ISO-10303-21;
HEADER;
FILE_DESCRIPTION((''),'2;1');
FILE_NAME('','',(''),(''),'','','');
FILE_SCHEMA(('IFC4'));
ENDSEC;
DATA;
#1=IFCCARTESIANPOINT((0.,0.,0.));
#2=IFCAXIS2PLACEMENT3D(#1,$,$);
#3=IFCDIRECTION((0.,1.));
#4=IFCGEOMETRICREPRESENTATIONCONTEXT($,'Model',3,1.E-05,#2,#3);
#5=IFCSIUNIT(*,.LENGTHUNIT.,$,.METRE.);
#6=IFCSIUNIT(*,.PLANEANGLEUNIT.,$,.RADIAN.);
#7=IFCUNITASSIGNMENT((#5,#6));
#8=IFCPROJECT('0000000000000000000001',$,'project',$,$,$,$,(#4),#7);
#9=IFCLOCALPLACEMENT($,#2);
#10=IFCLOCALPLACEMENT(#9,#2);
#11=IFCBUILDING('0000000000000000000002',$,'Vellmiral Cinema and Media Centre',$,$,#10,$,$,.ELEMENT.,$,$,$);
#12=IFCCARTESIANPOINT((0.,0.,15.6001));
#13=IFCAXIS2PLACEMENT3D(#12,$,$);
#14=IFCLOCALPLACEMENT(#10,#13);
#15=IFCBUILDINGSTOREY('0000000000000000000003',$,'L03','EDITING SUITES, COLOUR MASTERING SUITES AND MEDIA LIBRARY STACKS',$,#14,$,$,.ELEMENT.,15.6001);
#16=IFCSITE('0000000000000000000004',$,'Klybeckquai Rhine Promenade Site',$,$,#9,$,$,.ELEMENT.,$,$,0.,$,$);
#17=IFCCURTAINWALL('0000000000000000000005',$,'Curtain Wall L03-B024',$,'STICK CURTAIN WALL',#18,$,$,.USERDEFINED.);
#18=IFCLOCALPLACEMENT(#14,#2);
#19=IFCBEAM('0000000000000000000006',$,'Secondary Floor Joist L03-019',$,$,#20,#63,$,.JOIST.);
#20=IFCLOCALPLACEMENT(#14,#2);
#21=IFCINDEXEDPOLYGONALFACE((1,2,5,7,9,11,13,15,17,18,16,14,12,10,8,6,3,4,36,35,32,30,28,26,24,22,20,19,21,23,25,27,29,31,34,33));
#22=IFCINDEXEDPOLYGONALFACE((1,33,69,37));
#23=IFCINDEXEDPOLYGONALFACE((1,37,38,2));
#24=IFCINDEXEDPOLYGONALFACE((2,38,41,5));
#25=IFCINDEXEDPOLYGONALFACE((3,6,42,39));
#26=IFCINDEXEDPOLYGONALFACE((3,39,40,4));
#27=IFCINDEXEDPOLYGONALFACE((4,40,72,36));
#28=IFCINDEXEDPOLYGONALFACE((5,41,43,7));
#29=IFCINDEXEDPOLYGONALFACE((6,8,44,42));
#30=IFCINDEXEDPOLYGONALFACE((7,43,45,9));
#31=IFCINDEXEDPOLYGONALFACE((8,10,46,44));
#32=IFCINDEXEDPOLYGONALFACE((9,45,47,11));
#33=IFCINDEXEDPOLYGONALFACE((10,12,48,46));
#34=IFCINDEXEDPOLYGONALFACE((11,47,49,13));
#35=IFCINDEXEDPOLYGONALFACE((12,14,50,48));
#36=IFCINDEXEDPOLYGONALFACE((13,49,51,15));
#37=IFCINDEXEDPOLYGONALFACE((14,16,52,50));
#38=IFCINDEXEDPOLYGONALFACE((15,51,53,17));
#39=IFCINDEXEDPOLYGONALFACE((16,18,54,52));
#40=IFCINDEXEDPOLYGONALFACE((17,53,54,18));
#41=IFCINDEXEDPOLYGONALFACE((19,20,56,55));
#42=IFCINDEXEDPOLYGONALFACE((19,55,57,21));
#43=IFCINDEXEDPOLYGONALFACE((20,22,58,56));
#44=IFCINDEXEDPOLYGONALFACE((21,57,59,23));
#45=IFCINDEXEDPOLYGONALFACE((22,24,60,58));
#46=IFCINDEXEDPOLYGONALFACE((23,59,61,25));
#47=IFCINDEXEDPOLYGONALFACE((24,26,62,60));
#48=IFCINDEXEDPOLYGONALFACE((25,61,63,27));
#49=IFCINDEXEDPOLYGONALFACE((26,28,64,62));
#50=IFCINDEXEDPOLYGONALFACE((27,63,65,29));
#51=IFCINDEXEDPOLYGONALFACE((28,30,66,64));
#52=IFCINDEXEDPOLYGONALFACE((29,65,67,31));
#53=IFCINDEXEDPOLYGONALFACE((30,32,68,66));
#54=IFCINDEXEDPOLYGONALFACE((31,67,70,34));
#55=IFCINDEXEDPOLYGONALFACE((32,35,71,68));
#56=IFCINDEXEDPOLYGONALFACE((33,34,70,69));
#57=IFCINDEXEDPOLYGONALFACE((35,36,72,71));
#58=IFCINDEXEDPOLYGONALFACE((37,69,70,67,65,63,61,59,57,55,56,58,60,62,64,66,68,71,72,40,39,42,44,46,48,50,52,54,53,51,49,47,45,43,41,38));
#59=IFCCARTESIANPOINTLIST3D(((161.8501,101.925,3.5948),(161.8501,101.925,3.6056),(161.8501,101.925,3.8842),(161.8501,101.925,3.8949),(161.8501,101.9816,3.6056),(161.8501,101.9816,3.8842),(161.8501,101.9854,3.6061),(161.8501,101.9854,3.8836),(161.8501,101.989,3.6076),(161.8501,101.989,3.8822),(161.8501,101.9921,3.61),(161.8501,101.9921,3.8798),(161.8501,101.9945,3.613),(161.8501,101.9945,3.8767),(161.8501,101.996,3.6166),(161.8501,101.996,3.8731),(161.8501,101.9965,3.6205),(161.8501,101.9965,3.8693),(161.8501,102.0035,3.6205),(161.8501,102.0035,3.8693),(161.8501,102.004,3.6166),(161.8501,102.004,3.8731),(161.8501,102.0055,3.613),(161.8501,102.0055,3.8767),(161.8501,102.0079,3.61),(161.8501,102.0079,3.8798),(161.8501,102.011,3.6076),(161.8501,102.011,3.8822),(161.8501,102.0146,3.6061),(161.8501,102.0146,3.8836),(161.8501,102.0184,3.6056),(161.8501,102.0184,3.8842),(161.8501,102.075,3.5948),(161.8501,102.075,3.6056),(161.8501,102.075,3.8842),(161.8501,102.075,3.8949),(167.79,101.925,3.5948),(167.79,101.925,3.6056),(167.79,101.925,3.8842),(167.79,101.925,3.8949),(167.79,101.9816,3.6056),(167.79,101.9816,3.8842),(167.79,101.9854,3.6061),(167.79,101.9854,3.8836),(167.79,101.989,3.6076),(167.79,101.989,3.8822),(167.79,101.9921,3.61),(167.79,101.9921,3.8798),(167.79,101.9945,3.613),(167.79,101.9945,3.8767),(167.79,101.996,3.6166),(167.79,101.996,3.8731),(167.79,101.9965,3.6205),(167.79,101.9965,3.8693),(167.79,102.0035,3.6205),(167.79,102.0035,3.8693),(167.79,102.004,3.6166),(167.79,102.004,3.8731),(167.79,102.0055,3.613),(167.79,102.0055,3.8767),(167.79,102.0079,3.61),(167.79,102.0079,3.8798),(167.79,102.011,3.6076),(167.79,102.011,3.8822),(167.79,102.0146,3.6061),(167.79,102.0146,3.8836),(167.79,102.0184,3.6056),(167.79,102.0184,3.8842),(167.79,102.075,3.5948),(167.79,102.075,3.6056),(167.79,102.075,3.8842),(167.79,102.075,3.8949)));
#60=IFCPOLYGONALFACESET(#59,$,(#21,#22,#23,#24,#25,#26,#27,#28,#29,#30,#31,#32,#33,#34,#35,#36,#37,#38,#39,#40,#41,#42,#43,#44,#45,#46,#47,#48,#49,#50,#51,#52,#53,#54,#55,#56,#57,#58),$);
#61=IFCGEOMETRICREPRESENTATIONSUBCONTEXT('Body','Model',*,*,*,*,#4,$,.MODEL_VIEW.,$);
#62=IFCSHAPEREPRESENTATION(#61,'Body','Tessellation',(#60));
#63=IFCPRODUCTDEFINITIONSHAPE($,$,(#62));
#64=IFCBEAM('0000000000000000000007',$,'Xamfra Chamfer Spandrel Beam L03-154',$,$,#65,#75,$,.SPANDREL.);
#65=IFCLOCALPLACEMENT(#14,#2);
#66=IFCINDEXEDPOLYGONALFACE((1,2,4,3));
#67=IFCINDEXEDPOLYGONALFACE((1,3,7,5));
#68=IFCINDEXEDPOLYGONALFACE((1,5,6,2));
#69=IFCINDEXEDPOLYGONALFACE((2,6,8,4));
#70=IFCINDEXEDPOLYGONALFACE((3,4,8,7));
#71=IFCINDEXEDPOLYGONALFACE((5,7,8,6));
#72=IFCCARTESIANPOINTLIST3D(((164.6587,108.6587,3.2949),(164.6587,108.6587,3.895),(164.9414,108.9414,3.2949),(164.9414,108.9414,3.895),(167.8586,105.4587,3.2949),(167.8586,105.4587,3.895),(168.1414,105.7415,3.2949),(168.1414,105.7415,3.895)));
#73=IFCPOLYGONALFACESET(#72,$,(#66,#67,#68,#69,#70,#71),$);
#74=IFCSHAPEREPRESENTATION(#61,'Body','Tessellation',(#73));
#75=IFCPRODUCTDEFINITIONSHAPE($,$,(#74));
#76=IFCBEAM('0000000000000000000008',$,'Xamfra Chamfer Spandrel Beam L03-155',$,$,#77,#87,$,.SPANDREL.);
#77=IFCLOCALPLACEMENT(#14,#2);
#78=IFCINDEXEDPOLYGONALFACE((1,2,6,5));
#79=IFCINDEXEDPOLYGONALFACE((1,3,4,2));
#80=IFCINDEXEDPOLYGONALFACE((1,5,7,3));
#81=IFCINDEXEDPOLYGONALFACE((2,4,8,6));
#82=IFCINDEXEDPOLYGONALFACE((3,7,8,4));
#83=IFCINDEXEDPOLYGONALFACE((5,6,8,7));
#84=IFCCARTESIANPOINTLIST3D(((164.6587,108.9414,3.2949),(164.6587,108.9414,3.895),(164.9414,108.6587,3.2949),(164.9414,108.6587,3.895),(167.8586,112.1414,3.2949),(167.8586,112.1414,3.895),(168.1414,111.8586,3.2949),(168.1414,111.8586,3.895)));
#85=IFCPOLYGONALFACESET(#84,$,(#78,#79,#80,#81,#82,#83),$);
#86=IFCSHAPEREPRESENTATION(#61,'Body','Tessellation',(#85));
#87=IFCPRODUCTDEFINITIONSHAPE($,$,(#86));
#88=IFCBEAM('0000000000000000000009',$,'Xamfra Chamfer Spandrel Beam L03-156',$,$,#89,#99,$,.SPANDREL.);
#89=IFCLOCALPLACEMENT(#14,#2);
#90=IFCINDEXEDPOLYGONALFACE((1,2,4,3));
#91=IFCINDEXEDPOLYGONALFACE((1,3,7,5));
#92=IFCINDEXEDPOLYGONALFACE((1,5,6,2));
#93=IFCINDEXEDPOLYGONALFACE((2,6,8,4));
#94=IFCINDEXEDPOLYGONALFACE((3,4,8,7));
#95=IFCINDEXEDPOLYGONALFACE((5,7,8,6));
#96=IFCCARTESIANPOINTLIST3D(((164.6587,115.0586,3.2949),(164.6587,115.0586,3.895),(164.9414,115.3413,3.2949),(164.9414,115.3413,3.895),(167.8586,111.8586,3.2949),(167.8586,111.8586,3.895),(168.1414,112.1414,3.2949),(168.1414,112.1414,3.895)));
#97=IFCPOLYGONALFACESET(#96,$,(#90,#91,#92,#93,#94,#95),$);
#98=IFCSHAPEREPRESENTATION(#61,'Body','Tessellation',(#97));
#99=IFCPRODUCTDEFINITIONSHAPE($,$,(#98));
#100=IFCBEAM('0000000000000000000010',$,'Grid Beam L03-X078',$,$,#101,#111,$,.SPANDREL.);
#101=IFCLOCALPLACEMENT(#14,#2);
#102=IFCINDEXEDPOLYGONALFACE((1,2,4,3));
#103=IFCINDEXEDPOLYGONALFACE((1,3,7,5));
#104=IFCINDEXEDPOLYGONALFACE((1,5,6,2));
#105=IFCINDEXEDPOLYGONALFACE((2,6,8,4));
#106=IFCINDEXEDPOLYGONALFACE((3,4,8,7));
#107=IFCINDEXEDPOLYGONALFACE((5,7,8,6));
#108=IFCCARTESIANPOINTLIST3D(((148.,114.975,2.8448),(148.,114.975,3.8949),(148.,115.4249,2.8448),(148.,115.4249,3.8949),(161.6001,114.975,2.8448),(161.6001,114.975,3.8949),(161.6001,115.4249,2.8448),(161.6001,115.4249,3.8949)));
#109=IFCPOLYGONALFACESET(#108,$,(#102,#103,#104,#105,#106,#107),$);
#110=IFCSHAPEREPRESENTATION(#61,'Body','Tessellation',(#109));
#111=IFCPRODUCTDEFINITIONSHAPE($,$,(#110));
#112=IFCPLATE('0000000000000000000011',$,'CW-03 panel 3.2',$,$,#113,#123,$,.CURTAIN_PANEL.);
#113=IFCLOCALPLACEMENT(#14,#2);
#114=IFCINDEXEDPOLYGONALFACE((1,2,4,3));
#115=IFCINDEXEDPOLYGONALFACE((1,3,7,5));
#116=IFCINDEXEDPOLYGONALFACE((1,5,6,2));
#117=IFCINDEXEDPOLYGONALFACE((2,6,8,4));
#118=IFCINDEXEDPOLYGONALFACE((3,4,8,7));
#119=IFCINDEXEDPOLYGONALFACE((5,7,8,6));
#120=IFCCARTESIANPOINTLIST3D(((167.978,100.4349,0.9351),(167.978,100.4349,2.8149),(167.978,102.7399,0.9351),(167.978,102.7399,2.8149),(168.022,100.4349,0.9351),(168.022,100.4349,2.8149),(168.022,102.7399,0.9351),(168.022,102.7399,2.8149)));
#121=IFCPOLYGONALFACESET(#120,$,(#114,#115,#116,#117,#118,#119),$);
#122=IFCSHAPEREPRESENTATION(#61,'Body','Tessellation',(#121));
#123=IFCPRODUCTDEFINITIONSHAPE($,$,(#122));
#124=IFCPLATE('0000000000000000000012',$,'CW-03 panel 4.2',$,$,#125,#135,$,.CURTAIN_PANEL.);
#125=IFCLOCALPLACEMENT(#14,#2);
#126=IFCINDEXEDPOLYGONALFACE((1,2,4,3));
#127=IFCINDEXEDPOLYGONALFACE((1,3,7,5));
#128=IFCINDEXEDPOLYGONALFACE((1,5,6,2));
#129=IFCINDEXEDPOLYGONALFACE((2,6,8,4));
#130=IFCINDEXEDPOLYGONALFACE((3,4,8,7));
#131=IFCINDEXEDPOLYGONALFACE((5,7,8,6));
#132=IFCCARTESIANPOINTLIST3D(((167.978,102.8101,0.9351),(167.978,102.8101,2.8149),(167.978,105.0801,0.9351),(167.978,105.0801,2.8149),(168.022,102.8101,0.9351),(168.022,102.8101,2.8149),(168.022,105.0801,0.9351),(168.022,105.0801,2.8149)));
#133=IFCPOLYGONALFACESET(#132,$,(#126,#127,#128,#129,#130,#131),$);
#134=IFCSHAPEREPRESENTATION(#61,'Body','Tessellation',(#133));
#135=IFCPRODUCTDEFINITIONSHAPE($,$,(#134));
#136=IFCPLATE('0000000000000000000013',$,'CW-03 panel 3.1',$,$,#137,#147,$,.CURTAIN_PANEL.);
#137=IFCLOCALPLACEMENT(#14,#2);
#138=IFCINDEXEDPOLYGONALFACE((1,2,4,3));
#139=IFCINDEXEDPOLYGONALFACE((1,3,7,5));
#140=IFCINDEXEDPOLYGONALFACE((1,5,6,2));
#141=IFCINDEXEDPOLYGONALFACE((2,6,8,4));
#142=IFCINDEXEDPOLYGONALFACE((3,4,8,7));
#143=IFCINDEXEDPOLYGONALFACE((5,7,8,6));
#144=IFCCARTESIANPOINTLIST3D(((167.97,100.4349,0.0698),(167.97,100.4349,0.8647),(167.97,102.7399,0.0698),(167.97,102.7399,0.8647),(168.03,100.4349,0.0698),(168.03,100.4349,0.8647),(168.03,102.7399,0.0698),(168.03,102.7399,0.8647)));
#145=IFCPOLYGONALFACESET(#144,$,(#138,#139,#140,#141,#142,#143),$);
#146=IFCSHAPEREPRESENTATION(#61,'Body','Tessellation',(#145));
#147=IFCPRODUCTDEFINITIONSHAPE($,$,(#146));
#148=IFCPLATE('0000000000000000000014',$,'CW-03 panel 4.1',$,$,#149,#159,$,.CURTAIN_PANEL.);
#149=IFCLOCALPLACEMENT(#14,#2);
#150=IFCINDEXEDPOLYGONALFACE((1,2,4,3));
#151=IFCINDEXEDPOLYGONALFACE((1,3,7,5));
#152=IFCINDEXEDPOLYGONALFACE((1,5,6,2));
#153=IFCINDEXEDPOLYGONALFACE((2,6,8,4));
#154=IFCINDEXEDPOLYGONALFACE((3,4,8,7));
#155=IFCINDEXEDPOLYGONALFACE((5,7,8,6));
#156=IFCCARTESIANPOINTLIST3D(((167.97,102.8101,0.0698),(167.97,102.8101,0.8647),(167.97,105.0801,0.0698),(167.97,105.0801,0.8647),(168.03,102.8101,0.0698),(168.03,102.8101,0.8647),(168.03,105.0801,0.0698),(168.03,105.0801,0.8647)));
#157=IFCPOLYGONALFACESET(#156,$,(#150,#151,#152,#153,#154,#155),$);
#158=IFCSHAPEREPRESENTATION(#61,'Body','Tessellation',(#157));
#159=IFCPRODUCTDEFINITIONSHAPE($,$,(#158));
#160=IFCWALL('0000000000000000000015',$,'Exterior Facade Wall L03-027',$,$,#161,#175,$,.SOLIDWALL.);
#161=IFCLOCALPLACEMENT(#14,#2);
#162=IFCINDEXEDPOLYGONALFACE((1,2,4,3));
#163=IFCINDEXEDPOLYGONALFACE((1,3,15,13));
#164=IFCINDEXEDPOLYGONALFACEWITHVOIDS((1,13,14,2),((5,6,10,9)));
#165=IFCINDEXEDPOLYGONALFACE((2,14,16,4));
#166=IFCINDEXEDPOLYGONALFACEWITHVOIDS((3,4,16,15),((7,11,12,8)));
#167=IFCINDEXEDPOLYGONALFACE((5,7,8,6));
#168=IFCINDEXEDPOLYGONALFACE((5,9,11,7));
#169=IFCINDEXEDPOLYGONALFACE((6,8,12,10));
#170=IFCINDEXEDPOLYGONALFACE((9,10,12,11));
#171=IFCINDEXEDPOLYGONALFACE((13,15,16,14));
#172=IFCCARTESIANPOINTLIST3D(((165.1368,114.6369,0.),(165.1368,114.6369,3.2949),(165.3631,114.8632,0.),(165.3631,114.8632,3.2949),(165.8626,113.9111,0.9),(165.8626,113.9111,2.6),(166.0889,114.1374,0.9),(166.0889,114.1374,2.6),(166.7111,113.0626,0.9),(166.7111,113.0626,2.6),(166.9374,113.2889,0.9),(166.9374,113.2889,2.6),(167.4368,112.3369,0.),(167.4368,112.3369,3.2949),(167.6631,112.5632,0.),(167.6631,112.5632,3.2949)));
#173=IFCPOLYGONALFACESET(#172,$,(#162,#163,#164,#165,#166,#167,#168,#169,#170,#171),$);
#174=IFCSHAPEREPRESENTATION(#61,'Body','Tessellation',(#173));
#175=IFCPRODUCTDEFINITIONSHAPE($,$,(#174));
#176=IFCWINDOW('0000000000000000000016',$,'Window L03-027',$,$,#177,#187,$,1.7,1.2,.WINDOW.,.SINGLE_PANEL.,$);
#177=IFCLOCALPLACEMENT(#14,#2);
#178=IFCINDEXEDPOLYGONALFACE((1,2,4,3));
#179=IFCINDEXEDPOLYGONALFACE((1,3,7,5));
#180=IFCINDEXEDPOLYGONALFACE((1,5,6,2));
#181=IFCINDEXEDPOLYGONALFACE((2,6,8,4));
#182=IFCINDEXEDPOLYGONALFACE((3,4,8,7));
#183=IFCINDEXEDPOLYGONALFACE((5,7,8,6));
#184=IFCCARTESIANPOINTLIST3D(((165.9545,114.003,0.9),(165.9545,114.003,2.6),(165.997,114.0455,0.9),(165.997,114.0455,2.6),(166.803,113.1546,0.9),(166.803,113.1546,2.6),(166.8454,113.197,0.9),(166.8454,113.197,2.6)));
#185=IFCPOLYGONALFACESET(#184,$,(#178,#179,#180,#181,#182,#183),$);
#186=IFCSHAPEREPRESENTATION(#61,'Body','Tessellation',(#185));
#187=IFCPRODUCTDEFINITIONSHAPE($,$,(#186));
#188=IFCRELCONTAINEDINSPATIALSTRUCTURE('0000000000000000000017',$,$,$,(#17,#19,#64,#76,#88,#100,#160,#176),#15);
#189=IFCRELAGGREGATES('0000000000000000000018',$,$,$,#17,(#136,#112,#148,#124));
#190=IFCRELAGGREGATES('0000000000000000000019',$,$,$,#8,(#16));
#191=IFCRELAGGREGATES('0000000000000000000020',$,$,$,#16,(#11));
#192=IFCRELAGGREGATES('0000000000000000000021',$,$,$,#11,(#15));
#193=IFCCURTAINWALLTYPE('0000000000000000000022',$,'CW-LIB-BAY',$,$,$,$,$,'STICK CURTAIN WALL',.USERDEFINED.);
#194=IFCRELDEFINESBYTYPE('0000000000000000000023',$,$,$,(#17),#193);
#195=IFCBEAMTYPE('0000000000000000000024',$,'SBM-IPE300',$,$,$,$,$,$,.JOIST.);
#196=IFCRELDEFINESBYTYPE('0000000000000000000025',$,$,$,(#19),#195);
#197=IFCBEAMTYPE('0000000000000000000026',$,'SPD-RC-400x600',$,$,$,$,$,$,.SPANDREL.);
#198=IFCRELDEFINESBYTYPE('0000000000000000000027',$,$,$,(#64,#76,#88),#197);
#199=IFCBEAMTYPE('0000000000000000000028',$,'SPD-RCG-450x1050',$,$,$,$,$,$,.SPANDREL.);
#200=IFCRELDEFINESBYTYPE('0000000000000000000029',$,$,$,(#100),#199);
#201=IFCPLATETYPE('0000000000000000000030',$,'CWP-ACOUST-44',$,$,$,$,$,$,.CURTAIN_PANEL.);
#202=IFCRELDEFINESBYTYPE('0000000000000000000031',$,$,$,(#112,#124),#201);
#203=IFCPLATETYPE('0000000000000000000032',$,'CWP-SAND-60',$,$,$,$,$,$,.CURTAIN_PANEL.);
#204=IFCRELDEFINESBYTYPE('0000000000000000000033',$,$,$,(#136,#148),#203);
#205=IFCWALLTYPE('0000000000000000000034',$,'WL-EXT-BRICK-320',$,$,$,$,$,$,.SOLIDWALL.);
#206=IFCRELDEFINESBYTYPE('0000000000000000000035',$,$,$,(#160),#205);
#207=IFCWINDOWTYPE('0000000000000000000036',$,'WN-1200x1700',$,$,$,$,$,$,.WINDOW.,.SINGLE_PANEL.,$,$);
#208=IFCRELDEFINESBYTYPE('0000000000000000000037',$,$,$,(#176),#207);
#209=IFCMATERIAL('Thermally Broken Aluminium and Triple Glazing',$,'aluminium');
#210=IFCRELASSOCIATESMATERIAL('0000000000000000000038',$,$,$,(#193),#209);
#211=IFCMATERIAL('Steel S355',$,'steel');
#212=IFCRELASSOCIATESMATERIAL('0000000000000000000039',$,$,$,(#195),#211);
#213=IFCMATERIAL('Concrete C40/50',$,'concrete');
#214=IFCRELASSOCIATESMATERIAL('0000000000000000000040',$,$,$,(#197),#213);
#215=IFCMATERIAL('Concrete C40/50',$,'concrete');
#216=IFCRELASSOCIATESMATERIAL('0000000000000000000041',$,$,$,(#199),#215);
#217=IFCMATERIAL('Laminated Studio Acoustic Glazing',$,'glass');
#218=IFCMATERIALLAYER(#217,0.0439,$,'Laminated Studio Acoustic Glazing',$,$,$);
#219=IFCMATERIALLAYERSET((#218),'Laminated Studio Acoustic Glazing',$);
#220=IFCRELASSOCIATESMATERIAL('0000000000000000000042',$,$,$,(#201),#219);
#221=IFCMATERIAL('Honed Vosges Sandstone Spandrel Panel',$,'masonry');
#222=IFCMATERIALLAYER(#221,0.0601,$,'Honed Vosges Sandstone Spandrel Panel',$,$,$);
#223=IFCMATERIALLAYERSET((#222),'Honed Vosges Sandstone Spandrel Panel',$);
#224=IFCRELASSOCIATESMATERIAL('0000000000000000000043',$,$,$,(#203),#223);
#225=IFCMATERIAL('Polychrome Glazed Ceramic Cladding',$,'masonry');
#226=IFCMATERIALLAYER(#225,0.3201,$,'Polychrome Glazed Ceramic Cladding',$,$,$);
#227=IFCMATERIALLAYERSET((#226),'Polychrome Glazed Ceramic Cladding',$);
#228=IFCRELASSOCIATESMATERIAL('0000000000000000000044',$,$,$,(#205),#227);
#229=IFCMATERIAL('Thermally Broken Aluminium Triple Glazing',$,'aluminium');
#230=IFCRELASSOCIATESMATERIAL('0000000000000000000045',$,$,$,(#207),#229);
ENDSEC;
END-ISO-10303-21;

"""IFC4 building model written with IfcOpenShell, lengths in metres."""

from ifc_helpers import new_model, si_unit, direction, frame, frame_2d, origin, origin_2d, place, context, subcontext, project, spatial, rectangle, i_section, extrude, material, layer, layer_set, material_profile, profile_set, type_object, element, fill, aggregate, save


model = new_model("IFC4")

# Units and contexts
model_context = context("Model", 3, precision=1e-05, world=origin(), true_north=direction((0.0, 1.0)))
body_context = subcontext(model_context, "Body", "Model", "MODEL_VIEW")
ifc_project = project(units=[si_unit("LENGTHUNIT", "METRE"), si_unit("PLANEANGLEUNIT", "RADIAN")], contexts=[model_context])

# Site, building, storey
site_placement = place(None, origin())
site = spatial("IfcSite", under=ifc_project, at=site_placement, Name="Klybeckquai Rhine Promenade Site", CompositionType="ELEMENT", RefElevation=0.0)
building_placement = place(site_placement, origin())
building = spatial("IfcBuilding", under=site, at=building_placement, Name="Vellmiral Cinema and Media Centre", CompositionType="ELEMENT")
storey_placement = place(building_placement, frame((0.0, 0.0, 15.6001)))
storey = spatial("IfcBuildingStorey", under=building, at=storey_placement, Name="L03", Description="EDITING SUITES, COLOUR MASTERING SUITES AND MEDIA LIBRARY STACKS", CompositionType="ELEMENT", Elevation=15.6001)

# Curtain wall
ifc_material_1 = material(Name="Thermally Broken Aluminium and Triple Glazing", Category="aluminium")
curtain_wall_type = type_object("IfcCurtainWallType", Name="CW-LIB-BAY", ElementType="STICK CURTAIN WALL", PredefinedType="USERDEFINED", material=ifc_material_1)
curtain_wall_placement = place(storey_placement, origin())
curtain_wall = element("IfcCurtainWall", 1, at=curtain_wall_placement, inside=storey, type_object=curtain_wall_type, Name="Curtain Wall L03-B024", ObjectType="STICK CURTAIN WALL", PredefinedType="USERDEFINED")

# Beams
ifc_material_2 = material(Name="Steel S355", Category="steel")
ifc_material_profile_1 = material_profile(ifc_material_2, i_section(OverallWidth=0.1499, OverallDepth=0.3, WebThickness=0.0071, FlangeThickness=0.0107, FilletRadius=0.0149, at=origin_2d()), Name="IPE 300")
ifc_profile_set_1 = profile_set([ifc_material_profile_1], Name="Steel S355")
beam_type_1 = type_object("IfcBeamType", Name="SBM-IPE300", PredefinedType="JOIST", material=ifc_profile_set_1)
beam_1_placement = place(storey_placement, frame((161.8501, 102.0, 3.7449), z_axis=(1.0, 0.0, 0.0), x_axis=(0.0, 1.0, 0.0)))
element("IfcBeam", 2, at=beam_1_placement, inside=storey, type_object=beam_type_1, Name="Secondary Floor Joist L03-019", PredefinedType="JOIST", context=body_context, shape_type="SweptSolid", body=[
    extrude(i_section(OverallWidth=0.1499, OverallDepth=0.3, WebThickness=0.0071, FlangeThickness=0.0107, FilletRadius=0.0149, at=origin_2d()), origin(), (0.0, 0.0, 1.0), 5.9399),
])
ifc_material_3 = material(Name="Concrete C40/50", Category="concrete")
ifc_material_profile_2 = material_profile(ifc_material_3, rectangle(XDim=0.3999, YDim=0.6001, at=origin_2d()), Name="RC 400x600")
ifc_profile_set_2 = profile_set([ifc_material_profile_2], Name="Concrete C40/50")
beam_type_2 = type_object("IfcBeamType", Name="SPD-RC-400x600", PredefinedType="SPANDREL", material=ifc_profile_set_2)
for number, where, z_axis, x_axis, name in (
    (3, (164.8, 108.8, 3.595), (0.707107, -0.707107, 0.0), (0.707107, 0.707107, 0.0), "Xamfra Chamfer Spandrel Beam L03-154"),
    (4, (164.8, 108.8, 3.595), (0.707107, 0.707107, 0.0), (-0.707107, 0.707107, 0.0), "Xamfra Chamfer Spandrel Beam L03-155"),
    (5, (164.8, 115.2, 3.595), (0.707107, -0.707107, 0.0), (0.707107, 0.707107, 0.0), "Xamfra Chamfer Spandrel Beam L03-156"),
):
    element("IfcBeam", number, at=place(storey_placement, frame(where, z_axis=z_axis, x_axis=x_axis)), inside=storey, type_object=beam_type_2, Name=name, PredefinedType="SPANDREL", context=body_context, shape_type="SweptSolid", body=[
        extrude(rectangle(XDim=0.3999, YDim=0.6001, at=origin_2d()), origin(), (0.0, 0.0, 1.0), 4.5254),
    ])
ifc_material_4 = material(Name="Concrete C40/50", Category="concrete")
ifc_material_profile_3 = material_profile(ifc_material_4, rectangle(XDim=0.45, YDim=1.05, at=origin_2d()), Name="RC 450x1050")
ifc_profile_set_3 = profile_set([ifc_material_profile_3], Name="Concrete C40/50")
beam_type_3 = type_object("IfcBeamType", Name="SPD-RCG-450x1050", PredefinedType="SPANDREL", material=ifc_profile_set_3)
beam_2_placement = place(storey_placement, frame((148.0, 115.2, 3.3699), z_axis=(1.0, 0.0, 0.0), x_axis=(0.0, 1.0, 0.0)))
element("IfcBeam", 6, at=beam_2_placement, inside=storey, type_object=beam_type_3, Name="Grid Beam L03-X078", PredefinedType="SPANDREL", context=body_context, shape_type="SweptSolid", body=[
    extrude(rectangle(XDim=0.45, YDim=1.05, at=origin_2d()), origin(), (0.0, 0.0, 1.0), 13.6001),
])

# Plates
ifc_material_5 = material(Name="Laminated Studio Acoustic Glazing", Category="glass")
ifc_layer_1 = layer(ifc_material_5, 0.0439, Name="Laminated Studio Acoustic Glazing")
ifc_layer_set_1 = layer_set([ifc_layer_1], Name="Laminated Studio Acoustic Glazing")
plate_type_1 = type_object("IfcPlateType", Name="CWP-ACOUST-44", PredefinedType="CURTAIN_PANEL", material=ifc_layer_set_1)
plate_1_placement = place(storey_placement, frame((168.0, 101.5874, 0.9351), z_axis=(0.0, 0.0, 1.0), x_axis=(0.0, 1.0, 0.0)))
plate_1 = element("IfcPlate", 7, at=plate_1_placement, type_object=plate_type_1, Name="CW-03 panel 3.2", PredefinedType="CURTAIN_PANEL", context=body_context, shape_type="SweptSolid", body=[
    extrude(rectangle(XDim=2.3049, YDim=0.0439, at=origin_2d()), origin(), (0.0, 0.0, 1.0), 1.8799),
])
plate_2_placement = place(storey_placement, frame((168.0, 103.9451, 0.9351), z_axis=(0.0, 0.0, 1.0), x_axis=(0.0, 1.0, 0.0)))
plate_2 = element("IfcPlate", 8, at=plate_2_placement, type_object=plate_type_1, Name="CW-03 panel 4.2", PredefinedType="CURTAIN_PANEL", context=body_context, shape_type="SweptSolid", body=[
    extrude(rectangle(XDim=2.27, YDim=0.0439, at=origin_2d()), origin(), (0.0, 0.0, 1.0), 1.8799),
])
ifc_material_6 = material(Name="Honed Vosges Sandstone Spandrel Panel", Category="masonry")
ifc_layer_2 = layer(ifc_material_6, 0.0601, Name="Honed Vosges Sandstone Spandrel Panel")
ifc_layer_set_2 = layer_set([ifc_layer_2], Name="Honed Vosges Sandstone Spandrel Panel")
plate_type_2 = type_object("IfcPlateType", Name="CWP-SAND-60", PredefinedType="CURTAIN_PANEL", material=ifc_layer_set_2)
plate_3_placement = place(storey_placement, frame((168.0, 101.5874, 0.0698), z_axis=(0.0, 0.0, 1.0), x_axis=(0.0, 1.0, 0.0)))
plate_3 = element("IfcPlate", 9, at=plate_3_placement, type_object=plate_type_2, Name="CW-03 panel 3.1", PredefinedType="CURTAIN_PANEL", context=body_context, shape_type="SweptSolid", body=[
    extrude(rectangle(XDim=2.3049, YDim=0.0601, at=origin_2d()), origin(), (0.0, 0.0, 1.0), 0.7949),
])
plate_4_placement = place(storey_placement, frame((168.0, 103.9451, 0.0698), z_axis=(0.0, 0.0, 1.0), x_axis=(0.0, 1.0, 0.0)))
plate_4 = element("IfcPlate", 10, at=plate_4_placement, type_object=plate_type_2, Name="CW-03 panel 4.1", PredefinedType="CURTAIN_PANEL", context=body_context, shape_type="SweptSolid", body=[
    extrude(rectangle(XDim=2.27, YDim=0.0601, at=origin_2d()), origin(), (0.0, 0.0, 1.0), 0.7949),
])
aggregate(curtain_wall, [plate_3, plate_1, plate_4, plate_2])

# Wall, opening, window
ifc_material_7 = material(Name="Polychrome Glazed Ceramic Cladding", Category="masonry")
ifc_layer_3 = layer(ifc_material_7, 0.3201, Name="Polychrome Glazed Ceramic Cladding")
ifc_layer_set_3 = layer_set([ifc_layer_3], Name="Polychrome Glazed Ceramic Cladding")
wall_type_1 = type_object("IfcWallType", Name="WL-EXT-BRICK-320", PredefinedType="SOLIDWALL", material=ifc_layer_set_3)
wall_1_placement = place(storey_placement, frame((167.55, 112.45, 0.0), z_axis=(0.0, 0.0, 1.0), x_axis=(-0.707107, 0.707107, 0.0)))
wall_1 = element("IfcWall", 11, at=wall_1_placement, inside=storey, type_object=wall_type_1, Name="Exterior Facade Wall L03-027", PredefinedType="SOLIDWALL", context=body_context, shape_type="SweptSolid", body=[
    extrude(rectangle(XDim=3.2527, YDim=0.3201, at=frame_2d((1.6265, 0.0))), origin(), (0.0, 0.0, 1.0), 3.2949),
])
opening_1_placement = place(wall_1_placement, frame((1.0264, 0.0, 0.8999)))
opening_1 = element("IfcOpeningElement", 12, at=opening_1_placement, cuts=wall_1, PredefinedType="OPENING", context=body_context, shape_type="SweptSolid", body=[
    extrude(rectangle(XDim=1.2, YDim=1.7, at=frame_2d((0.6001, 0.8501))), frame((0.0, 0.1719, 0.0), z_axis=(0.0, -1.0, 0.0), x_axis=(1.0, 0.0, 0.0)), (0.0, 0.0, 1.0), 0.344),
])
ifc_material_8 = material(Name="Thermally Broken Aluminium Triple Glazing", Category="aluminium")
window_type_1 = type_object("IfcWindowType", Name="WN-1200x1700", PartitioningType="SINGLE_PANEL", PredefinedType="WINDOW", material=ifc_material_8)
window_1_placement = place(opening_1_placement, origin())
window_1 = element("IfcWindow", 13, at=window_1_placement, inside=storey, type_object=window_type_1, Name="Window L03-027", OverallHeight=1.7, OverallWidth=1.2, PartitioningType="SINGLE_PANEL", PredefinedType="WINDOW", context=body_context, shape_type="SweptSolid", body=[
    extrude(rectangle(XDim=1.2, YDim=1.7, at=frame_2d((0.6001, 0.8501))), frame((0.0, 0.03, 0.0), z_axis=(0.0, -1.0, 0.0), x_axis=(1.0, 0.0, 0.0)), (0.0, 0.0, 1.0), 0.0601),
])
fill(opening_1, window_1)

save(model, "model.ifc")
